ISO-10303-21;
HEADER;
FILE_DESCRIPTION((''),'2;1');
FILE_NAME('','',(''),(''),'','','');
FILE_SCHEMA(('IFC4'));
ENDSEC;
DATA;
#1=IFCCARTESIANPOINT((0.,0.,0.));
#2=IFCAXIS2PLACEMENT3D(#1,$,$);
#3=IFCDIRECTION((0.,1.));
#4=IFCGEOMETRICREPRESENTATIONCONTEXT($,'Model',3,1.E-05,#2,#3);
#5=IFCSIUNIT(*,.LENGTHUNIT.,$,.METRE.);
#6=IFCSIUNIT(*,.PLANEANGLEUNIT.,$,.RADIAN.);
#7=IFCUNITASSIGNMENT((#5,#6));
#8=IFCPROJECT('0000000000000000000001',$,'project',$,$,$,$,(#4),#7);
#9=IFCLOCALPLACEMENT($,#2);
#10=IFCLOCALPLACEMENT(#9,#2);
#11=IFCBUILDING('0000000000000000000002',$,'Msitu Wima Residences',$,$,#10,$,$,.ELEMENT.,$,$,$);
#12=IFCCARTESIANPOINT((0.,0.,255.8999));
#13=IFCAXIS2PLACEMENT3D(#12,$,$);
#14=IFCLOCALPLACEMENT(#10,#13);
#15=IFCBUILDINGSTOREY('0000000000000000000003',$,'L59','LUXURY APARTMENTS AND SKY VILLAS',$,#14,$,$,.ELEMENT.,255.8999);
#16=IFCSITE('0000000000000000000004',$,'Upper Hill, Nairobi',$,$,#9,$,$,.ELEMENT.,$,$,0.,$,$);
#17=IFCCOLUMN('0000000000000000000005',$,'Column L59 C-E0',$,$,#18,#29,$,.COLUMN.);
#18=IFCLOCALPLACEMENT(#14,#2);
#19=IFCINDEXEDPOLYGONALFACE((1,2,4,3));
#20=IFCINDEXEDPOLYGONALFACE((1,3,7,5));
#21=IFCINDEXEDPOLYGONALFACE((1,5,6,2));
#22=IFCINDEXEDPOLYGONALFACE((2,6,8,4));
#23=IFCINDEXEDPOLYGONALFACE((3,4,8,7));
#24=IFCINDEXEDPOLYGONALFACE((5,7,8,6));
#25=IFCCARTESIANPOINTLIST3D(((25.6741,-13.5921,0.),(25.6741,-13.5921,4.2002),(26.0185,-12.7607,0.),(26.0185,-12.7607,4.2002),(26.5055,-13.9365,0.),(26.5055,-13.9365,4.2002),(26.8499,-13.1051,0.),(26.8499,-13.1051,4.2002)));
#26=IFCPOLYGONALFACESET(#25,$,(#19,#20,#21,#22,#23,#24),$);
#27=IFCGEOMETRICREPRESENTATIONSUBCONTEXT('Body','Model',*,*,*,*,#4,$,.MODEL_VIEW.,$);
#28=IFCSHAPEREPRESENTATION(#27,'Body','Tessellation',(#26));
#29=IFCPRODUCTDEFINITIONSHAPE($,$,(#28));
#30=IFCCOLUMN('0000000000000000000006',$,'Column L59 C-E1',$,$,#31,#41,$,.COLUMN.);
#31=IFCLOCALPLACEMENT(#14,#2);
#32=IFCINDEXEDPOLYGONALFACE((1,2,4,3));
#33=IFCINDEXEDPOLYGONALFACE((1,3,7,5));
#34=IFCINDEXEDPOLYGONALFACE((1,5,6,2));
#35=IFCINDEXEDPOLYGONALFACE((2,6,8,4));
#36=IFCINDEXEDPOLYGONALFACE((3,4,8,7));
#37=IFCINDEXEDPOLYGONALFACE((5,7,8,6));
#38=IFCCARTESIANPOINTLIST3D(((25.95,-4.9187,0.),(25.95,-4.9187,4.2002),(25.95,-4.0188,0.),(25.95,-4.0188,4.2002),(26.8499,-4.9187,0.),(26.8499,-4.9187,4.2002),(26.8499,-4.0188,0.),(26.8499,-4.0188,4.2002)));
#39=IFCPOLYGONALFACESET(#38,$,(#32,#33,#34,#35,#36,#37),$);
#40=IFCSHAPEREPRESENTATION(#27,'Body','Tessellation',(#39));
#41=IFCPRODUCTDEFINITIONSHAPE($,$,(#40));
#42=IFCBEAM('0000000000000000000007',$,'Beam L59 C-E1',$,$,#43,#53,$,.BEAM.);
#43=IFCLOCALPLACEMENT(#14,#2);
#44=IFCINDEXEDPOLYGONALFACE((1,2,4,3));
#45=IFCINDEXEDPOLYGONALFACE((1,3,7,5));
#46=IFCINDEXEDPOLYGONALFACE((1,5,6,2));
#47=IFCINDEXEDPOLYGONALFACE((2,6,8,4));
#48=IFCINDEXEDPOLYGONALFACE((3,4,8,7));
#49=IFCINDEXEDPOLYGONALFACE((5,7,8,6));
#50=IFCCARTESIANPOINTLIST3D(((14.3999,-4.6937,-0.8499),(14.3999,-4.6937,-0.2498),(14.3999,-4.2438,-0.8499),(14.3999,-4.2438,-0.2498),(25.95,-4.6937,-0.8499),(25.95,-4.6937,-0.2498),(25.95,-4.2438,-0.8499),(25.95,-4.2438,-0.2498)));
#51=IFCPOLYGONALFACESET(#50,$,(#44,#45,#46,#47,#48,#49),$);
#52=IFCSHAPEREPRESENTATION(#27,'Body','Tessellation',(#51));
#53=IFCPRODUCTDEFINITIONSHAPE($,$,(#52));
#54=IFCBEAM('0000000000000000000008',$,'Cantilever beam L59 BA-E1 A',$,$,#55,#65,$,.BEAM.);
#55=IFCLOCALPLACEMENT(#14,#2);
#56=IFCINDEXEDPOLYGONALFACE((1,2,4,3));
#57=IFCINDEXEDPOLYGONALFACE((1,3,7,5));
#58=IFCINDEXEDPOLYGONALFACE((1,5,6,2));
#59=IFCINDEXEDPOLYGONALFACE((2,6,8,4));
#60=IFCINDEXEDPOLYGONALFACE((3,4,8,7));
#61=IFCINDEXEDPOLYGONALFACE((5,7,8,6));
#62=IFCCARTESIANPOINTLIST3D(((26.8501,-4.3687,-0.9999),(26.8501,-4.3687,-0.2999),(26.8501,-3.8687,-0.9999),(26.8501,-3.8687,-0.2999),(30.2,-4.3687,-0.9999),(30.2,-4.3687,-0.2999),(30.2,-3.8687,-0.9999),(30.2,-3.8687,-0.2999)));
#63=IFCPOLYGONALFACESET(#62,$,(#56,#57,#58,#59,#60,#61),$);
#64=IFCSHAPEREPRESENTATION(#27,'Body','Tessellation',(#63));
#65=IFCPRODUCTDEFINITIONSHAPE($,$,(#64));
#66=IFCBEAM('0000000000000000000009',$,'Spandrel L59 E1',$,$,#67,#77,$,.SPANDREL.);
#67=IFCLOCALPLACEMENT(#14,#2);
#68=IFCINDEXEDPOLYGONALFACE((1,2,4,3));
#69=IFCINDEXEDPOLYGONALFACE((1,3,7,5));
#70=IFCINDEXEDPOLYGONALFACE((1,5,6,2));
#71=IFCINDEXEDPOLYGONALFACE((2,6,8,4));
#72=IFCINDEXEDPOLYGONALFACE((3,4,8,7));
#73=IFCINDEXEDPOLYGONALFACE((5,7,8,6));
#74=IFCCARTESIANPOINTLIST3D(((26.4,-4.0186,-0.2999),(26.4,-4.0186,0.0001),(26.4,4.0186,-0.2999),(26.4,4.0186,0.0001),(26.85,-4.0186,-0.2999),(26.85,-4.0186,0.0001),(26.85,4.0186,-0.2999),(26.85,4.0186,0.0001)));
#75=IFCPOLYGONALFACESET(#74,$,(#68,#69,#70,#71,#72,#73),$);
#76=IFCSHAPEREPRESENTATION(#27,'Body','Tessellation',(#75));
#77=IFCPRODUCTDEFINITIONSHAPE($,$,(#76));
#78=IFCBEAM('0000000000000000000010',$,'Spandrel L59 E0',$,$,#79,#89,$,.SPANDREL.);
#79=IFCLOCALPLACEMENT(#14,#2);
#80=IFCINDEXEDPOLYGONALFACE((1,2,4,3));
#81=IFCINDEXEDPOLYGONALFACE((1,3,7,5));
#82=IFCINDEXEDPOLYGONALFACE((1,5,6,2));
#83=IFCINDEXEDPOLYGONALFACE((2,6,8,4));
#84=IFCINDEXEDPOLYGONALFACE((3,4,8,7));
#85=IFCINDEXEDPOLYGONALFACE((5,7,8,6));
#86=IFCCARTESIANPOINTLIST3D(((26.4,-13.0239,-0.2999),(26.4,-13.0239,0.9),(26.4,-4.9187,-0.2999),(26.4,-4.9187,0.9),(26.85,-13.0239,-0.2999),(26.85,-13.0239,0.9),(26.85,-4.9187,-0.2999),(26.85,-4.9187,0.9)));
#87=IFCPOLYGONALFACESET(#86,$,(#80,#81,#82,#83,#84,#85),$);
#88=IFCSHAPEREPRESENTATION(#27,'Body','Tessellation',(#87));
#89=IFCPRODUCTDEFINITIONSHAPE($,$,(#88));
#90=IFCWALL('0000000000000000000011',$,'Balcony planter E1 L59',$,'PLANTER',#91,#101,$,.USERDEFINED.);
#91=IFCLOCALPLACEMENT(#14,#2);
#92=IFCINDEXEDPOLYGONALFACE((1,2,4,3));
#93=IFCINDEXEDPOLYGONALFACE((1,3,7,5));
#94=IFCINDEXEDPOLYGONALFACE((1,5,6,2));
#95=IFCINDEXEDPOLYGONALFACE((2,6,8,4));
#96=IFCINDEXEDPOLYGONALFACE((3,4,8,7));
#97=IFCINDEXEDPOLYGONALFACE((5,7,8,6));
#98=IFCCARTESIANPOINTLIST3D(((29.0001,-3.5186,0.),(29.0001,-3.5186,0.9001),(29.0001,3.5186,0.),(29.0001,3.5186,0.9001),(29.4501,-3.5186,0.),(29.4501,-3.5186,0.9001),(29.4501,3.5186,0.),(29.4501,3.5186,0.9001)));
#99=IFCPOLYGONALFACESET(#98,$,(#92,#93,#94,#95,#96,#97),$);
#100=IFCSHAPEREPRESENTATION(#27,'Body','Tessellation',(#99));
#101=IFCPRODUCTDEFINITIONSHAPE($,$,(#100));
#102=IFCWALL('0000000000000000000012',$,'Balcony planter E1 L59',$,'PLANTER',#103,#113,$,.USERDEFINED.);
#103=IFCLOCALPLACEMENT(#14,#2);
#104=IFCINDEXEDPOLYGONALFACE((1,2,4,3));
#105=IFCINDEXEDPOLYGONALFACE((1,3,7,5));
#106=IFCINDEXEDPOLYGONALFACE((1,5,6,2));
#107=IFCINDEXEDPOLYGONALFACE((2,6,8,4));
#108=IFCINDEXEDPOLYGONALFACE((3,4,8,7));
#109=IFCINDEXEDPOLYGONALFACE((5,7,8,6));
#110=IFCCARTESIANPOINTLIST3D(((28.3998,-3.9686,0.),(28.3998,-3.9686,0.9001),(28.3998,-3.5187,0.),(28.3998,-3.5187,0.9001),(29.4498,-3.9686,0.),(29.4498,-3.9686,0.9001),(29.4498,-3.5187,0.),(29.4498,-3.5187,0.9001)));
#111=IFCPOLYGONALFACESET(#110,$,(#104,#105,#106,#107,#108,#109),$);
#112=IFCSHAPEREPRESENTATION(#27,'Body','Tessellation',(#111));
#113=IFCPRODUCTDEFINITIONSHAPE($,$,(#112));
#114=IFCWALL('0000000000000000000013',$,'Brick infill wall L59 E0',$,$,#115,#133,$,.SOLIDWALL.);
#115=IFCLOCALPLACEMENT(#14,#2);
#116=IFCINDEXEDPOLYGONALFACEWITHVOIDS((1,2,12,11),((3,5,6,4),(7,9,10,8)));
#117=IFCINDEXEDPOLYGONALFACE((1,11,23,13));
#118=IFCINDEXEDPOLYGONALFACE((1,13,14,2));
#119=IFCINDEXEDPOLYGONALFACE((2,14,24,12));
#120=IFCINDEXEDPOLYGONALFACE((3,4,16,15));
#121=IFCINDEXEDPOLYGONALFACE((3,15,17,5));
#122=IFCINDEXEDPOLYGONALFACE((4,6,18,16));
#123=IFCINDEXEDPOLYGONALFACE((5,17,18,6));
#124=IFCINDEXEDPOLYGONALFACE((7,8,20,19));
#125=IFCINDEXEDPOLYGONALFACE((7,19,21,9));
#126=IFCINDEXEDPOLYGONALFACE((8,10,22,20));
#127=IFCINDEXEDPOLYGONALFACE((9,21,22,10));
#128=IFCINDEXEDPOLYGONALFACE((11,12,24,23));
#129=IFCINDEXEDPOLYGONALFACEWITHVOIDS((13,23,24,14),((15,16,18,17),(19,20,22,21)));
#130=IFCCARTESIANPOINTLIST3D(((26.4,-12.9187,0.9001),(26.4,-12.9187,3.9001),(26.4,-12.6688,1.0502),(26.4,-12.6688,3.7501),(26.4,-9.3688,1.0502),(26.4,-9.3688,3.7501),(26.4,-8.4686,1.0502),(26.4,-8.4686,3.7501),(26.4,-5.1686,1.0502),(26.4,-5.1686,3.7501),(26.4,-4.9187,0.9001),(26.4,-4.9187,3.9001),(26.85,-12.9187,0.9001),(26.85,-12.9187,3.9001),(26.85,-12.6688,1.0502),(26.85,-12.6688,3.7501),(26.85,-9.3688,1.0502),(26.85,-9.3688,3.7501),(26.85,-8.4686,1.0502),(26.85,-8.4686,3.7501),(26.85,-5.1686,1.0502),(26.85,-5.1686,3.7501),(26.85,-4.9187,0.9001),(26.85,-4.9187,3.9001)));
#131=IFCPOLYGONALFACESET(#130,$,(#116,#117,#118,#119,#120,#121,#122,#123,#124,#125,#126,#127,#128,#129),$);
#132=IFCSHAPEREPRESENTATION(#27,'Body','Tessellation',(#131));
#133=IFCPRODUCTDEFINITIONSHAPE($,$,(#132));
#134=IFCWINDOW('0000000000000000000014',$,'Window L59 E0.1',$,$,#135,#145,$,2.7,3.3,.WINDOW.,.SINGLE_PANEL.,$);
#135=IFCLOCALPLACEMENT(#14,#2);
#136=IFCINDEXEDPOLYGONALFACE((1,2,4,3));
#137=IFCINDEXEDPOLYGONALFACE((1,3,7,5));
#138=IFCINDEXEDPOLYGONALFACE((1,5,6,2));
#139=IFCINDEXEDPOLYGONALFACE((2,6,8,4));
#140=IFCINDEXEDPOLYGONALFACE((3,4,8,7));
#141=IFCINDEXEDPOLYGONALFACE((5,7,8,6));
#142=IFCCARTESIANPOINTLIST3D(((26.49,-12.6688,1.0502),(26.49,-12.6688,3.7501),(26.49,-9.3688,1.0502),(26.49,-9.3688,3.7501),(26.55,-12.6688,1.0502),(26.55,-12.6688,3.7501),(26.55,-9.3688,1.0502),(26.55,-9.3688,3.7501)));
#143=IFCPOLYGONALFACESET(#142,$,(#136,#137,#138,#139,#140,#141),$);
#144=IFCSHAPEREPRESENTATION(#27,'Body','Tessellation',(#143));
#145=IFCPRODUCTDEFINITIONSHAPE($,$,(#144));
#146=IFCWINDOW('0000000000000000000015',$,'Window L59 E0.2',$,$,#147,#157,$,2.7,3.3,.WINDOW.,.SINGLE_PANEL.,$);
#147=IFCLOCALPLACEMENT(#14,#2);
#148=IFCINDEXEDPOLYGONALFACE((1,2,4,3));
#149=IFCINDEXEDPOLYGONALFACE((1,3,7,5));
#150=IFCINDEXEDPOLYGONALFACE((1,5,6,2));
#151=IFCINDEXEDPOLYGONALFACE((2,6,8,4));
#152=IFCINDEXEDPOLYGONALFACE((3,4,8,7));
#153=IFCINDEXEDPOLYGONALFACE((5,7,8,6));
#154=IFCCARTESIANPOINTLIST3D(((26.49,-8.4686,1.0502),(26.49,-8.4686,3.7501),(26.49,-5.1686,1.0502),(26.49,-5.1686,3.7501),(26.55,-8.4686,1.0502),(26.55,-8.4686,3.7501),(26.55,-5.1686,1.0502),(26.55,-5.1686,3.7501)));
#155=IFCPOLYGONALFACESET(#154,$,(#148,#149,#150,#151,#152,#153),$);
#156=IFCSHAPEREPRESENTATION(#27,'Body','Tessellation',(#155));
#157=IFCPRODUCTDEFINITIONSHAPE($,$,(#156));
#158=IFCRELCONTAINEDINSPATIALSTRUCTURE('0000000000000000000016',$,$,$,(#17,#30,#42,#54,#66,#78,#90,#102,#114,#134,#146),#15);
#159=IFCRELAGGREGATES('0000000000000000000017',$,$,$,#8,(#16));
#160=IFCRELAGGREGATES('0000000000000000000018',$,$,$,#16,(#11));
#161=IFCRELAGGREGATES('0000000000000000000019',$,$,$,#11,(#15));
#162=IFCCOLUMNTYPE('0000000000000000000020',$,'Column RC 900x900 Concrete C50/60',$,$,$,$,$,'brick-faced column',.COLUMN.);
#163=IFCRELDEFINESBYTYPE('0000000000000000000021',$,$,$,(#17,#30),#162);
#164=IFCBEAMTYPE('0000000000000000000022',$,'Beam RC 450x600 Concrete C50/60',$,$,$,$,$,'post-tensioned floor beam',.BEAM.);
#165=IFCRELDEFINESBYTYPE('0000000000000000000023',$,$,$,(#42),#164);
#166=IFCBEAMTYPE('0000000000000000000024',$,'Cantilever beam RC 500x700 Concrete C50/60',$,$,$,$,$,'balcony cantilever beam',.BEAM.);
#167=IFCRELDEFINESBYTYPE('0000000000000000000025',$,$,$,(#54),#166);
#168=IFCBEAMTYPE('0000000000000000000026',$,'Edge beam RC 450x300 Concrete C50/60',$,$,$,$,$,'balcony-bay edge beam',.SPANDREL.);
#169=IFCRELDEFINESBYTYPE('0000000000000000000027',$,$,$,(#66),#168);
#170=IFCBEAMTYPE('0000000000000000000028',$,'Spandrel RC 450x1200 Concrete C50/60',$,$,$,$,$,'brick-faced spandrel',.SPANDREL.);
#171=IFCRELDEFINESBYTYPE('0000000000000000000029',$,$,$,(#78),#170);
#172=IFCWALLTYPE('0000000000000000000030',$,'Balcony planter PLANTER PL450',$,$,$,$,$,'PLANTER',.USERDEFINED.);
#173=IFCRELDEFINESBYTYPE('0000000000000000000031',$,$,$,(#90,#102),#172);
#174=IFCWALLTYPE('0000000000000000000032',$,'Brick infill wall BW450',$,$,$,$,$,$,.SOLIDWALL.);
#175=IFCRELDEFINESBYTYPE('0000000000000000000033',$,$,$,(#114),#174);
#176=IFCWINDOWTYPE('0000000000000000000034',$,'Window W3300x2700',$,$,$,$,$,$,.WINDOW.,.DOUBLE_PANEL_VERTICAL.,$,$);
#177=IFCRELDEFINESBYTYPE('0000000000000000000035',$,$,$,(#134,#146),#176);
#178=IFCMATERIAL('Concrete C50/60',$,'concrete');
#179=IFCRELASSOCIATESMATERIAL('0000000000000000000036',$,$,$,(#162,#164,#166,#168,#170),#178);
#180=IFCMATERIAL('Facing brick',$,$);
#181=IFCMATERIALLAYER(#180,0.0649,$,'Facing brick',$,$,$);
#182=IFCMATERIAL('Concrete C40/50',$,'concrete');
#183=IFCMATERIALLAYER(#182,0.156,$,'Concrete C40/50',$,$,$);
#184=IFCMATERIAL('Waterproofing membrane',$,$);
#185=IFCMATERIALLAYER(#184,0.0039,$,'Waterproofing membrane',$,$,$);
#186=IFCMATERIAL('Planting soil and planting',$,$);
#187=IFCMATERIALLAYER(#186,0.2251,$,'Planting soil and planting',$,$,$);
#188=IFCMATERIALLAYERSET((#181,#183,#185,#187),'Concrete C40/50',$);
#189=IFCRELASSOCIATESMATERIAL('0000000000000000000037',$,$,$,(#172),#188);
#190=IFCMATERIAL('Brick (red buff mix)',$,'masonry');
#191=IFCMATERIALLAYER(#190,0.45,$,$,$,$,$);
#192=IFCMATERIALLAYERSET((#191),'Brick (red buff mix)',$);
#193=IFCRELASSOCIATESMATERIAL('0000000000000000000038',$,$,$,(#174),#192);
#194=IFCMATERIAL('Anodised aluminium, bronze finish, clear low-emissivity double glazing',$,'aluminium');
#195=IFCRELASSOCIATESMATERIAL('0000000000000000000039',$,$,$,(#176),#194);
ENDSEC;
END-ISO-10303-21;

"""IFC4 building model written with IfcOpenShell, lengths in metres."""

from ifc_helpers import new_model, si_unit, direction, frame, frame_2d, origin, origin_2d, place, context, subcontext, project, spatial, rectangle, extrude, material, layer, layer_set, material_profile, profile_set, type_object, element, fill, save


model = new_model("IFC4")

# Units and contexts
model_context = context("Model", 3, precision=1e-05, world=origin(), true_north=direction((0.0, 1.0)))
body_context = subcontext(model_context, "Body", "Model", "MODEL_VIEW")
ifc_project = project(units=[si_unit("LENGTHUNIT", "METRE"), si_unit("PLANEANGLEUNIT", "RADIAN")], contexts=[model_context])

# Site, building, storey
site_placement = place(None, origin())
site = spatial("IfcSite", under=ifc_project, at=site_placement, Name="Upper Hill, Nairobi", CompositionType="ELEMENT", RefElevation=0.0)
building_placement = place(site_placement, origin())
building = spatial("IfcBuilding", under=site, at=building_placement, Name="Msitu Wima Residences", CompositionType="ELEMENT")
storey_placement = place(building_placement, frame((0.0, 0.0, 255.8999)))
storey = spatial("IfcBuildingStorey", under=building, at=storey_placement, Name="L59", Description="LUXURY APARTMENTS AND SKY VILLAS", CompositionType="ELEMENT", Elevation=255.8999)

# Columns
ifc_material_1 = material(Name="Concrete C50/60", Category="concrete")
ifc_material_profile_1 = material_profile(ifc_material_1, rectangle(XDim=0.8999, YDim=0.8999, at=origin_2d()), Name="RC 900x900")
ifc_profile_set_1 = profile_set([ifc_material_profile_1], Name="Concrete C50/60")
column_type = type_object("IfcColumnType", Name="Column RC 900x900 Concrete C50/60", ElementType="brick-faced column", PredefinedType="COLUMN", material=ifc_profile_set_1)
for number, where, z_axis, x_axis, name in (
    (1, (26.262, -13.3486, 0.0), (0.0, 0.0, 1.0), (0.382683, 0.92388, 0.0), "Column L59 C-E0"),
    (2, (26.3999, -4.4688, 0.0), (0.0, 0.0, 1.0), (0.0, 1.0, 0.0), "Column L59 C-E1"),
):
    element("IfcColumn", number, at=place(storey_placement, frame(where, z_axis=z_axis, x_axis=x_axis)), inside=storey, type_object=column_type, Name=name, PredefinedType="COLUMN", context=body_context, shape_type="SweptSolid", body=[
        extrude(rectangle(XDim=0.8999, YDim=0.8999, at=origin_2d()), origin(), (0.0, 0.0, 1.0), 4.2002),
    ])

# Beams
ifc_material_profile_2 = material_profile(ifc_material_1, rectangle(XDim=0.45, YDim=0.6001, at=origin_2d()), Name="RC 450x600")
ifc_profile_set_2 = profile_set([ifc_material_profile_2], Name="Concrete C50/60")
beam_type_1 = type_object("IfcBeamType", Name="Beam RC 450x600 Concrete C50/60", ElementType="post-tensioned floor beam", PredefinedType="BEAM", material=ifc_profile_set_2)
beam_1_placement = place(storey_placement, frame((25.95, -4.4688, -0.5498), z_axis=(-1.0, 0.0, 0.0), x_axis=(0.0, -1.0, 0.0)))
element("IfcBeam", 3, at=beam_1_placement, inside=storey, type_object=beam_type_1, Name="Beam L59 C-E1", PredefinedType="BEAM", context=body_context, shape_type="SweptSolid", body=[
    extrude(rectangle(XDim=0.45, YDim=0.6001, at=origin_2d()), origin(), (0.0, 0.0, 1.0), 11.55),
])
ifc_material_profile_3 = material_profile(ifc_material_1, rectangle(XDim=0.5, YDim=0.7, at=origin_2d()), Name="RC 500x700")
ifc_profile_set_3 = profile_set([ifc_material_profile_3], Name="Concrete C50/60")
beam_type_2 = type_object("IfcBeamType", Name="Cantilever beam RC 500x700 Concrete C50/60", ElementType="balcony cantilever beam", PredefinedType="BEAM", material=ifc_profile_set_3)
beam_2_placement = place(storey_placement, frame((26.8501, -4.1187, -0.6499), z_axis=(1.0, 0.0, 0.0), x_axis=(0.0, 1.0, 0.0)))
element("IfcBeam", 4, at=beam_2_placement, inside=storey, type_object=beam_type_2, Name="Cantilever beam L59 BA-E1 A", PredefinedType="BEAM", context=body_context, shape_type="SweptSolid", body=[
    extrude(rectangle(XDim=0.5, YDim=0.7, at=origin_2d()), origin(), (0.0, 0.0, 1.0), 3.3499),
])
ifc_material_profile_4 = material_profile(ifc_material_1, rectangle(XDim=0.45, YDim=0.3, at=origin_2d()), Name="RC 450x300")
ifc_profile_set_4 = profile_set([ifc_material_profile_4], Name="Concrete C50/60")
beam_type_3 = type_object("IfcBeamType", Name="Edge beam RC 450x300 Concrete C50/60", ElementType="balcony-bay edge beam", PredefinedType="SPANDREL", material=ifc_profile_set_4)
beam_3_placement = place(storey_placement, frame((26.625, -4.0186, -0.1499), z_axis=(0.0, 1.0, 0.0), x_axis=(-1.0, 0.0, 0.0)))
element("IfcBeam", 5, at=beam_3_placement, inside=storey, type_object=beam_type_3, Name="Spandrel L59 E1", PredefinedType="SPANDREL", context=body_context, shape_type="SweptSolid", body=[
    extrude(rectangle(XDim=0.45, YDim=0.3, at=origin_2d()), origin(), (0.0, 0.0, 1.0), 8.0371),
])
ifc_material_profile_5 = material_profile(ifc_material_1, rectangle(XDim=0.45, YDim=1.2, at=origin_2d()), Name="RC 450x1200")
ifc_profile_set_5 = profile_set([ifc_material_profile_5], Name="Concrete C50/60")
beam_type_4 = type_object("IfcBeamType", Name="Spandrel RC 450x1200 Concrete C50/60", ElementType="brick-faced spandrel", PredefinedType="SPANDREL", material=ifc_profile_set_5)
beam_4_placement = place(storey_placement, frame((26.625, -13.0239, 0.3), z_axis=(0.0, 1.0, 0.0), x_axis=(-1.0, 0.0, 0.0)))
element("IfcBeam", 6, at=beam_4_placement, inside=storey, type_object=beam_type_4, Name="Spandrel L59 E0", PredefinedType="SPANDREL", context=body_context, shape_type="SweptSolid", body=[
    extrude(rectangle(XDim=0.45, YDim=1.2, at=origin_2d()), origin(), (0.0, 0.0, 1.0), 8.1052),
])

# Walls
ifc_material_2 = material(Name="Facing brick")
ifc_layer_1 = layer(ifc_material_2, 0.0649, Name="Facing brick")
ifc_material_3 = material(Name="Concrete C40/50", Category="concrete")
ifc_layer_2 = layer(ifc_material_3, 0.156, Name="Concrete C40/50")
ifc_material_4 = material(Name="Waterproofing membrane")
ifc_layer_3 = layer(ifc_material_4, 0.0039, Name="Waterproofing membrane")
ifc_material_5 = material(Name="Planting soil and planting")
ifc_layer_4 = layer(ifc_material_5, 0.2251, Name="Planting soil and planting")
ifc_layer_set_1 = layer_set([ifc_layer_1, ifc_layer_2, ifc_layer_3, ifc_layer_4], Name="Concrete C40/50")
wall_type_1 = type_object("IfcWallType", Name="Balcony planter PLANTER PL450", ElementType="PLANTER", PredefinedType="USERDEFINED", material=ifc_layer_set_1)
wall_1_placement = place(storey_placement, frame((29.2251, -3.5186, 0.0), z_axis=(0.0, 0.0, 1.0), x_axis=(0.0, 1.0, 0.0)))
element("IfcWall", 7, at=wall_1_placement, inside=storey, type_object=wall_type_1, Name="Balcony planter E1 L59", ObjectType="PLANTER", PredefinedType="USERDEFINED", context=body_context, shape_type="SweptSolid", body=[
    extrude(rectangle(XDim=7.0371, YDim=0.45, at=frame_2d((3.5186, 0.0))), origin(), (0.0, 0.0, 1.0), 0.9001),
])
wall_2_placement = place(storey_placement, frame((28.3999, -3.7437, 0.0), z_axis=(0.0, 0.0, 1.0), x_axis=(1.0, 0.0, 0.0)))
element("IfcWall", 8, at=wall_2_placement, inside=storey, type_object=wall_type_1, Name="Balcony planter E1 L59", ObjectType="PLANTER", PredefinedType="USERDEFINED", context=body_context, shape_type="SweptSolid", body=[
    extrude(rectangle(XDim=1.05, YDim=0.45, at=frame_2d((0.5249, 0.0))), origin(), (0.0, 0.0, 1.0), 0.9001),
])

# Wall, openings, windows
ifc_material_6 = material(Name="Brick (red buff mix)", Category="masonry")
ifc_layer_5 = layer(ifc_material_6, 0.45)
ifc_layer_set_2 = layer_set([ifc_layer_5], Name="Brick (red buff mix)")
wall_type_2 = type_object("IfcWallType", Name="Brick infill wall BW450", PredefinedType="SOLIDWALL", material=ifc_layer_set_2)
wall_3_placement = place(storey_placement, frame((26.625, -12.9187, 0.9001), z_axis=(0.0, 0.0, 1.0), x_axis=(0.0, 1.0, 0.0)))
wall_3 = element("IfcWall", 9, at=wall_3_placement, inside=storey, type_object=wall_type_2, Name="Brick infill wall L59 E0", PredefinedType="SOLIDWALL", context=body_context, shape_type="SweptSolid", body=[
    extrude(rectangle(XDim=8.0, YDim=0.45, at=frame_2d((4.0, 0.0))), origin(), (0.0, 0.0, 1.0), 3.0),
])
opening_1_placement = place(wall_3_placement, frame((0.25, 0.0, 0.1499)))
opening_1 = element("IfcOpeningElement", 10, at=opening_1_placement, cuts=wall_3, PredefinedType="OPENING", context=body_context, shape_type="SweptSolid", body=[
    extrude(rectangle(XDim=3.3, YDim=2.7, at=frame_2d((1.6499, 1.3501))), frame((0.0, 0.2349, 0.0), z_axis=(0.0, -1.0, 0.0), x_axis=(1.0, 0.0, 0.0)), (0.0, 0.0, 1.0), 0.47),
])
opening_2_placement = place(wall_3_placement, frame((4.4502, 0.0, 0.1499)))
opening_2 = element("IfcOpeningElement", 11, at=opening_2_placement, cuts=wall_3, PredefinedType="OPENING", context=body_context, shape_type="SweptSolid", body=[
    extrude(rectangle(XDim=3.3, YDim=2.7, at=frame_2d((1.6499, 1.3501))), frame((0.0, 0.2349, 0.0), z_axis=(0.0, -1.0, 0.0), x_axis=(1.0, 0.0, 0.0)), (0.0, 0.0, 1.0), 0.47),
])
ifc_material_7 = material(Name="Anodised aluminium, bronze finish, clear low-emissivity double glazing", Category="aluminium")
window_type = type_object("IfcWindowType", Name="Window W3300x2700", PartitioningType="DOUBLE_PANEL_VERTICAL", PredefinedType="WINDOW", material=ifc_material_7)
window_1_placement = place(opening_1_placement, origin())
window_1 = element("IfcWindow", 12, at=window_1_placement, inside=storey, type_object=window_type, Name="Window L59 E0.1", OverallHeight=2.7, OverallWidth=3.3, PartitioningType="SINGLE_PANEL", PredefinedType="WINDOW", context=body_context, shape_type="SweptSolid", body=[
    extrude(rectangle(XDim=3.3, YDim=2.7, at=frame_2d((1.6499, 1.3501))), frame((0.0, 0.135, 0.0), z_axis=(0.0, -1.0, 0.0), x_axis=(1.0, 0.0, 0.0)), (0.0, 0.0, 1.0), 0.0601),
])
fill(opening_1, window_1)
window_2_placement = place(opening_2_placement, origin())
window_2 = element("IfcWindow", 13, at=window_2_placement, inside=storey, type_object=window_type, Name="Window L59 E0.2", OverallHeight=2.7, OverallWidth=3.3, PartitioningType="SINGLE_PANEL", PredefinedType="WINDOW", context=body_context, shape_type="SweptSolid", body=[
    extrude(rectangle(XDim=3.3, YDim=2.7, at=frame_2d((1.6499, 1.3501))), frame((0.0, 0.135, 0.0), z_axis=(0.0, -1.0, 0.0), x_axis=(1.0, 0.0, 0.0)), (0.0, 0.0, 1.0), 0.0601),
])
fill(opening_2, window_2)

save(model, "model.ifc")
